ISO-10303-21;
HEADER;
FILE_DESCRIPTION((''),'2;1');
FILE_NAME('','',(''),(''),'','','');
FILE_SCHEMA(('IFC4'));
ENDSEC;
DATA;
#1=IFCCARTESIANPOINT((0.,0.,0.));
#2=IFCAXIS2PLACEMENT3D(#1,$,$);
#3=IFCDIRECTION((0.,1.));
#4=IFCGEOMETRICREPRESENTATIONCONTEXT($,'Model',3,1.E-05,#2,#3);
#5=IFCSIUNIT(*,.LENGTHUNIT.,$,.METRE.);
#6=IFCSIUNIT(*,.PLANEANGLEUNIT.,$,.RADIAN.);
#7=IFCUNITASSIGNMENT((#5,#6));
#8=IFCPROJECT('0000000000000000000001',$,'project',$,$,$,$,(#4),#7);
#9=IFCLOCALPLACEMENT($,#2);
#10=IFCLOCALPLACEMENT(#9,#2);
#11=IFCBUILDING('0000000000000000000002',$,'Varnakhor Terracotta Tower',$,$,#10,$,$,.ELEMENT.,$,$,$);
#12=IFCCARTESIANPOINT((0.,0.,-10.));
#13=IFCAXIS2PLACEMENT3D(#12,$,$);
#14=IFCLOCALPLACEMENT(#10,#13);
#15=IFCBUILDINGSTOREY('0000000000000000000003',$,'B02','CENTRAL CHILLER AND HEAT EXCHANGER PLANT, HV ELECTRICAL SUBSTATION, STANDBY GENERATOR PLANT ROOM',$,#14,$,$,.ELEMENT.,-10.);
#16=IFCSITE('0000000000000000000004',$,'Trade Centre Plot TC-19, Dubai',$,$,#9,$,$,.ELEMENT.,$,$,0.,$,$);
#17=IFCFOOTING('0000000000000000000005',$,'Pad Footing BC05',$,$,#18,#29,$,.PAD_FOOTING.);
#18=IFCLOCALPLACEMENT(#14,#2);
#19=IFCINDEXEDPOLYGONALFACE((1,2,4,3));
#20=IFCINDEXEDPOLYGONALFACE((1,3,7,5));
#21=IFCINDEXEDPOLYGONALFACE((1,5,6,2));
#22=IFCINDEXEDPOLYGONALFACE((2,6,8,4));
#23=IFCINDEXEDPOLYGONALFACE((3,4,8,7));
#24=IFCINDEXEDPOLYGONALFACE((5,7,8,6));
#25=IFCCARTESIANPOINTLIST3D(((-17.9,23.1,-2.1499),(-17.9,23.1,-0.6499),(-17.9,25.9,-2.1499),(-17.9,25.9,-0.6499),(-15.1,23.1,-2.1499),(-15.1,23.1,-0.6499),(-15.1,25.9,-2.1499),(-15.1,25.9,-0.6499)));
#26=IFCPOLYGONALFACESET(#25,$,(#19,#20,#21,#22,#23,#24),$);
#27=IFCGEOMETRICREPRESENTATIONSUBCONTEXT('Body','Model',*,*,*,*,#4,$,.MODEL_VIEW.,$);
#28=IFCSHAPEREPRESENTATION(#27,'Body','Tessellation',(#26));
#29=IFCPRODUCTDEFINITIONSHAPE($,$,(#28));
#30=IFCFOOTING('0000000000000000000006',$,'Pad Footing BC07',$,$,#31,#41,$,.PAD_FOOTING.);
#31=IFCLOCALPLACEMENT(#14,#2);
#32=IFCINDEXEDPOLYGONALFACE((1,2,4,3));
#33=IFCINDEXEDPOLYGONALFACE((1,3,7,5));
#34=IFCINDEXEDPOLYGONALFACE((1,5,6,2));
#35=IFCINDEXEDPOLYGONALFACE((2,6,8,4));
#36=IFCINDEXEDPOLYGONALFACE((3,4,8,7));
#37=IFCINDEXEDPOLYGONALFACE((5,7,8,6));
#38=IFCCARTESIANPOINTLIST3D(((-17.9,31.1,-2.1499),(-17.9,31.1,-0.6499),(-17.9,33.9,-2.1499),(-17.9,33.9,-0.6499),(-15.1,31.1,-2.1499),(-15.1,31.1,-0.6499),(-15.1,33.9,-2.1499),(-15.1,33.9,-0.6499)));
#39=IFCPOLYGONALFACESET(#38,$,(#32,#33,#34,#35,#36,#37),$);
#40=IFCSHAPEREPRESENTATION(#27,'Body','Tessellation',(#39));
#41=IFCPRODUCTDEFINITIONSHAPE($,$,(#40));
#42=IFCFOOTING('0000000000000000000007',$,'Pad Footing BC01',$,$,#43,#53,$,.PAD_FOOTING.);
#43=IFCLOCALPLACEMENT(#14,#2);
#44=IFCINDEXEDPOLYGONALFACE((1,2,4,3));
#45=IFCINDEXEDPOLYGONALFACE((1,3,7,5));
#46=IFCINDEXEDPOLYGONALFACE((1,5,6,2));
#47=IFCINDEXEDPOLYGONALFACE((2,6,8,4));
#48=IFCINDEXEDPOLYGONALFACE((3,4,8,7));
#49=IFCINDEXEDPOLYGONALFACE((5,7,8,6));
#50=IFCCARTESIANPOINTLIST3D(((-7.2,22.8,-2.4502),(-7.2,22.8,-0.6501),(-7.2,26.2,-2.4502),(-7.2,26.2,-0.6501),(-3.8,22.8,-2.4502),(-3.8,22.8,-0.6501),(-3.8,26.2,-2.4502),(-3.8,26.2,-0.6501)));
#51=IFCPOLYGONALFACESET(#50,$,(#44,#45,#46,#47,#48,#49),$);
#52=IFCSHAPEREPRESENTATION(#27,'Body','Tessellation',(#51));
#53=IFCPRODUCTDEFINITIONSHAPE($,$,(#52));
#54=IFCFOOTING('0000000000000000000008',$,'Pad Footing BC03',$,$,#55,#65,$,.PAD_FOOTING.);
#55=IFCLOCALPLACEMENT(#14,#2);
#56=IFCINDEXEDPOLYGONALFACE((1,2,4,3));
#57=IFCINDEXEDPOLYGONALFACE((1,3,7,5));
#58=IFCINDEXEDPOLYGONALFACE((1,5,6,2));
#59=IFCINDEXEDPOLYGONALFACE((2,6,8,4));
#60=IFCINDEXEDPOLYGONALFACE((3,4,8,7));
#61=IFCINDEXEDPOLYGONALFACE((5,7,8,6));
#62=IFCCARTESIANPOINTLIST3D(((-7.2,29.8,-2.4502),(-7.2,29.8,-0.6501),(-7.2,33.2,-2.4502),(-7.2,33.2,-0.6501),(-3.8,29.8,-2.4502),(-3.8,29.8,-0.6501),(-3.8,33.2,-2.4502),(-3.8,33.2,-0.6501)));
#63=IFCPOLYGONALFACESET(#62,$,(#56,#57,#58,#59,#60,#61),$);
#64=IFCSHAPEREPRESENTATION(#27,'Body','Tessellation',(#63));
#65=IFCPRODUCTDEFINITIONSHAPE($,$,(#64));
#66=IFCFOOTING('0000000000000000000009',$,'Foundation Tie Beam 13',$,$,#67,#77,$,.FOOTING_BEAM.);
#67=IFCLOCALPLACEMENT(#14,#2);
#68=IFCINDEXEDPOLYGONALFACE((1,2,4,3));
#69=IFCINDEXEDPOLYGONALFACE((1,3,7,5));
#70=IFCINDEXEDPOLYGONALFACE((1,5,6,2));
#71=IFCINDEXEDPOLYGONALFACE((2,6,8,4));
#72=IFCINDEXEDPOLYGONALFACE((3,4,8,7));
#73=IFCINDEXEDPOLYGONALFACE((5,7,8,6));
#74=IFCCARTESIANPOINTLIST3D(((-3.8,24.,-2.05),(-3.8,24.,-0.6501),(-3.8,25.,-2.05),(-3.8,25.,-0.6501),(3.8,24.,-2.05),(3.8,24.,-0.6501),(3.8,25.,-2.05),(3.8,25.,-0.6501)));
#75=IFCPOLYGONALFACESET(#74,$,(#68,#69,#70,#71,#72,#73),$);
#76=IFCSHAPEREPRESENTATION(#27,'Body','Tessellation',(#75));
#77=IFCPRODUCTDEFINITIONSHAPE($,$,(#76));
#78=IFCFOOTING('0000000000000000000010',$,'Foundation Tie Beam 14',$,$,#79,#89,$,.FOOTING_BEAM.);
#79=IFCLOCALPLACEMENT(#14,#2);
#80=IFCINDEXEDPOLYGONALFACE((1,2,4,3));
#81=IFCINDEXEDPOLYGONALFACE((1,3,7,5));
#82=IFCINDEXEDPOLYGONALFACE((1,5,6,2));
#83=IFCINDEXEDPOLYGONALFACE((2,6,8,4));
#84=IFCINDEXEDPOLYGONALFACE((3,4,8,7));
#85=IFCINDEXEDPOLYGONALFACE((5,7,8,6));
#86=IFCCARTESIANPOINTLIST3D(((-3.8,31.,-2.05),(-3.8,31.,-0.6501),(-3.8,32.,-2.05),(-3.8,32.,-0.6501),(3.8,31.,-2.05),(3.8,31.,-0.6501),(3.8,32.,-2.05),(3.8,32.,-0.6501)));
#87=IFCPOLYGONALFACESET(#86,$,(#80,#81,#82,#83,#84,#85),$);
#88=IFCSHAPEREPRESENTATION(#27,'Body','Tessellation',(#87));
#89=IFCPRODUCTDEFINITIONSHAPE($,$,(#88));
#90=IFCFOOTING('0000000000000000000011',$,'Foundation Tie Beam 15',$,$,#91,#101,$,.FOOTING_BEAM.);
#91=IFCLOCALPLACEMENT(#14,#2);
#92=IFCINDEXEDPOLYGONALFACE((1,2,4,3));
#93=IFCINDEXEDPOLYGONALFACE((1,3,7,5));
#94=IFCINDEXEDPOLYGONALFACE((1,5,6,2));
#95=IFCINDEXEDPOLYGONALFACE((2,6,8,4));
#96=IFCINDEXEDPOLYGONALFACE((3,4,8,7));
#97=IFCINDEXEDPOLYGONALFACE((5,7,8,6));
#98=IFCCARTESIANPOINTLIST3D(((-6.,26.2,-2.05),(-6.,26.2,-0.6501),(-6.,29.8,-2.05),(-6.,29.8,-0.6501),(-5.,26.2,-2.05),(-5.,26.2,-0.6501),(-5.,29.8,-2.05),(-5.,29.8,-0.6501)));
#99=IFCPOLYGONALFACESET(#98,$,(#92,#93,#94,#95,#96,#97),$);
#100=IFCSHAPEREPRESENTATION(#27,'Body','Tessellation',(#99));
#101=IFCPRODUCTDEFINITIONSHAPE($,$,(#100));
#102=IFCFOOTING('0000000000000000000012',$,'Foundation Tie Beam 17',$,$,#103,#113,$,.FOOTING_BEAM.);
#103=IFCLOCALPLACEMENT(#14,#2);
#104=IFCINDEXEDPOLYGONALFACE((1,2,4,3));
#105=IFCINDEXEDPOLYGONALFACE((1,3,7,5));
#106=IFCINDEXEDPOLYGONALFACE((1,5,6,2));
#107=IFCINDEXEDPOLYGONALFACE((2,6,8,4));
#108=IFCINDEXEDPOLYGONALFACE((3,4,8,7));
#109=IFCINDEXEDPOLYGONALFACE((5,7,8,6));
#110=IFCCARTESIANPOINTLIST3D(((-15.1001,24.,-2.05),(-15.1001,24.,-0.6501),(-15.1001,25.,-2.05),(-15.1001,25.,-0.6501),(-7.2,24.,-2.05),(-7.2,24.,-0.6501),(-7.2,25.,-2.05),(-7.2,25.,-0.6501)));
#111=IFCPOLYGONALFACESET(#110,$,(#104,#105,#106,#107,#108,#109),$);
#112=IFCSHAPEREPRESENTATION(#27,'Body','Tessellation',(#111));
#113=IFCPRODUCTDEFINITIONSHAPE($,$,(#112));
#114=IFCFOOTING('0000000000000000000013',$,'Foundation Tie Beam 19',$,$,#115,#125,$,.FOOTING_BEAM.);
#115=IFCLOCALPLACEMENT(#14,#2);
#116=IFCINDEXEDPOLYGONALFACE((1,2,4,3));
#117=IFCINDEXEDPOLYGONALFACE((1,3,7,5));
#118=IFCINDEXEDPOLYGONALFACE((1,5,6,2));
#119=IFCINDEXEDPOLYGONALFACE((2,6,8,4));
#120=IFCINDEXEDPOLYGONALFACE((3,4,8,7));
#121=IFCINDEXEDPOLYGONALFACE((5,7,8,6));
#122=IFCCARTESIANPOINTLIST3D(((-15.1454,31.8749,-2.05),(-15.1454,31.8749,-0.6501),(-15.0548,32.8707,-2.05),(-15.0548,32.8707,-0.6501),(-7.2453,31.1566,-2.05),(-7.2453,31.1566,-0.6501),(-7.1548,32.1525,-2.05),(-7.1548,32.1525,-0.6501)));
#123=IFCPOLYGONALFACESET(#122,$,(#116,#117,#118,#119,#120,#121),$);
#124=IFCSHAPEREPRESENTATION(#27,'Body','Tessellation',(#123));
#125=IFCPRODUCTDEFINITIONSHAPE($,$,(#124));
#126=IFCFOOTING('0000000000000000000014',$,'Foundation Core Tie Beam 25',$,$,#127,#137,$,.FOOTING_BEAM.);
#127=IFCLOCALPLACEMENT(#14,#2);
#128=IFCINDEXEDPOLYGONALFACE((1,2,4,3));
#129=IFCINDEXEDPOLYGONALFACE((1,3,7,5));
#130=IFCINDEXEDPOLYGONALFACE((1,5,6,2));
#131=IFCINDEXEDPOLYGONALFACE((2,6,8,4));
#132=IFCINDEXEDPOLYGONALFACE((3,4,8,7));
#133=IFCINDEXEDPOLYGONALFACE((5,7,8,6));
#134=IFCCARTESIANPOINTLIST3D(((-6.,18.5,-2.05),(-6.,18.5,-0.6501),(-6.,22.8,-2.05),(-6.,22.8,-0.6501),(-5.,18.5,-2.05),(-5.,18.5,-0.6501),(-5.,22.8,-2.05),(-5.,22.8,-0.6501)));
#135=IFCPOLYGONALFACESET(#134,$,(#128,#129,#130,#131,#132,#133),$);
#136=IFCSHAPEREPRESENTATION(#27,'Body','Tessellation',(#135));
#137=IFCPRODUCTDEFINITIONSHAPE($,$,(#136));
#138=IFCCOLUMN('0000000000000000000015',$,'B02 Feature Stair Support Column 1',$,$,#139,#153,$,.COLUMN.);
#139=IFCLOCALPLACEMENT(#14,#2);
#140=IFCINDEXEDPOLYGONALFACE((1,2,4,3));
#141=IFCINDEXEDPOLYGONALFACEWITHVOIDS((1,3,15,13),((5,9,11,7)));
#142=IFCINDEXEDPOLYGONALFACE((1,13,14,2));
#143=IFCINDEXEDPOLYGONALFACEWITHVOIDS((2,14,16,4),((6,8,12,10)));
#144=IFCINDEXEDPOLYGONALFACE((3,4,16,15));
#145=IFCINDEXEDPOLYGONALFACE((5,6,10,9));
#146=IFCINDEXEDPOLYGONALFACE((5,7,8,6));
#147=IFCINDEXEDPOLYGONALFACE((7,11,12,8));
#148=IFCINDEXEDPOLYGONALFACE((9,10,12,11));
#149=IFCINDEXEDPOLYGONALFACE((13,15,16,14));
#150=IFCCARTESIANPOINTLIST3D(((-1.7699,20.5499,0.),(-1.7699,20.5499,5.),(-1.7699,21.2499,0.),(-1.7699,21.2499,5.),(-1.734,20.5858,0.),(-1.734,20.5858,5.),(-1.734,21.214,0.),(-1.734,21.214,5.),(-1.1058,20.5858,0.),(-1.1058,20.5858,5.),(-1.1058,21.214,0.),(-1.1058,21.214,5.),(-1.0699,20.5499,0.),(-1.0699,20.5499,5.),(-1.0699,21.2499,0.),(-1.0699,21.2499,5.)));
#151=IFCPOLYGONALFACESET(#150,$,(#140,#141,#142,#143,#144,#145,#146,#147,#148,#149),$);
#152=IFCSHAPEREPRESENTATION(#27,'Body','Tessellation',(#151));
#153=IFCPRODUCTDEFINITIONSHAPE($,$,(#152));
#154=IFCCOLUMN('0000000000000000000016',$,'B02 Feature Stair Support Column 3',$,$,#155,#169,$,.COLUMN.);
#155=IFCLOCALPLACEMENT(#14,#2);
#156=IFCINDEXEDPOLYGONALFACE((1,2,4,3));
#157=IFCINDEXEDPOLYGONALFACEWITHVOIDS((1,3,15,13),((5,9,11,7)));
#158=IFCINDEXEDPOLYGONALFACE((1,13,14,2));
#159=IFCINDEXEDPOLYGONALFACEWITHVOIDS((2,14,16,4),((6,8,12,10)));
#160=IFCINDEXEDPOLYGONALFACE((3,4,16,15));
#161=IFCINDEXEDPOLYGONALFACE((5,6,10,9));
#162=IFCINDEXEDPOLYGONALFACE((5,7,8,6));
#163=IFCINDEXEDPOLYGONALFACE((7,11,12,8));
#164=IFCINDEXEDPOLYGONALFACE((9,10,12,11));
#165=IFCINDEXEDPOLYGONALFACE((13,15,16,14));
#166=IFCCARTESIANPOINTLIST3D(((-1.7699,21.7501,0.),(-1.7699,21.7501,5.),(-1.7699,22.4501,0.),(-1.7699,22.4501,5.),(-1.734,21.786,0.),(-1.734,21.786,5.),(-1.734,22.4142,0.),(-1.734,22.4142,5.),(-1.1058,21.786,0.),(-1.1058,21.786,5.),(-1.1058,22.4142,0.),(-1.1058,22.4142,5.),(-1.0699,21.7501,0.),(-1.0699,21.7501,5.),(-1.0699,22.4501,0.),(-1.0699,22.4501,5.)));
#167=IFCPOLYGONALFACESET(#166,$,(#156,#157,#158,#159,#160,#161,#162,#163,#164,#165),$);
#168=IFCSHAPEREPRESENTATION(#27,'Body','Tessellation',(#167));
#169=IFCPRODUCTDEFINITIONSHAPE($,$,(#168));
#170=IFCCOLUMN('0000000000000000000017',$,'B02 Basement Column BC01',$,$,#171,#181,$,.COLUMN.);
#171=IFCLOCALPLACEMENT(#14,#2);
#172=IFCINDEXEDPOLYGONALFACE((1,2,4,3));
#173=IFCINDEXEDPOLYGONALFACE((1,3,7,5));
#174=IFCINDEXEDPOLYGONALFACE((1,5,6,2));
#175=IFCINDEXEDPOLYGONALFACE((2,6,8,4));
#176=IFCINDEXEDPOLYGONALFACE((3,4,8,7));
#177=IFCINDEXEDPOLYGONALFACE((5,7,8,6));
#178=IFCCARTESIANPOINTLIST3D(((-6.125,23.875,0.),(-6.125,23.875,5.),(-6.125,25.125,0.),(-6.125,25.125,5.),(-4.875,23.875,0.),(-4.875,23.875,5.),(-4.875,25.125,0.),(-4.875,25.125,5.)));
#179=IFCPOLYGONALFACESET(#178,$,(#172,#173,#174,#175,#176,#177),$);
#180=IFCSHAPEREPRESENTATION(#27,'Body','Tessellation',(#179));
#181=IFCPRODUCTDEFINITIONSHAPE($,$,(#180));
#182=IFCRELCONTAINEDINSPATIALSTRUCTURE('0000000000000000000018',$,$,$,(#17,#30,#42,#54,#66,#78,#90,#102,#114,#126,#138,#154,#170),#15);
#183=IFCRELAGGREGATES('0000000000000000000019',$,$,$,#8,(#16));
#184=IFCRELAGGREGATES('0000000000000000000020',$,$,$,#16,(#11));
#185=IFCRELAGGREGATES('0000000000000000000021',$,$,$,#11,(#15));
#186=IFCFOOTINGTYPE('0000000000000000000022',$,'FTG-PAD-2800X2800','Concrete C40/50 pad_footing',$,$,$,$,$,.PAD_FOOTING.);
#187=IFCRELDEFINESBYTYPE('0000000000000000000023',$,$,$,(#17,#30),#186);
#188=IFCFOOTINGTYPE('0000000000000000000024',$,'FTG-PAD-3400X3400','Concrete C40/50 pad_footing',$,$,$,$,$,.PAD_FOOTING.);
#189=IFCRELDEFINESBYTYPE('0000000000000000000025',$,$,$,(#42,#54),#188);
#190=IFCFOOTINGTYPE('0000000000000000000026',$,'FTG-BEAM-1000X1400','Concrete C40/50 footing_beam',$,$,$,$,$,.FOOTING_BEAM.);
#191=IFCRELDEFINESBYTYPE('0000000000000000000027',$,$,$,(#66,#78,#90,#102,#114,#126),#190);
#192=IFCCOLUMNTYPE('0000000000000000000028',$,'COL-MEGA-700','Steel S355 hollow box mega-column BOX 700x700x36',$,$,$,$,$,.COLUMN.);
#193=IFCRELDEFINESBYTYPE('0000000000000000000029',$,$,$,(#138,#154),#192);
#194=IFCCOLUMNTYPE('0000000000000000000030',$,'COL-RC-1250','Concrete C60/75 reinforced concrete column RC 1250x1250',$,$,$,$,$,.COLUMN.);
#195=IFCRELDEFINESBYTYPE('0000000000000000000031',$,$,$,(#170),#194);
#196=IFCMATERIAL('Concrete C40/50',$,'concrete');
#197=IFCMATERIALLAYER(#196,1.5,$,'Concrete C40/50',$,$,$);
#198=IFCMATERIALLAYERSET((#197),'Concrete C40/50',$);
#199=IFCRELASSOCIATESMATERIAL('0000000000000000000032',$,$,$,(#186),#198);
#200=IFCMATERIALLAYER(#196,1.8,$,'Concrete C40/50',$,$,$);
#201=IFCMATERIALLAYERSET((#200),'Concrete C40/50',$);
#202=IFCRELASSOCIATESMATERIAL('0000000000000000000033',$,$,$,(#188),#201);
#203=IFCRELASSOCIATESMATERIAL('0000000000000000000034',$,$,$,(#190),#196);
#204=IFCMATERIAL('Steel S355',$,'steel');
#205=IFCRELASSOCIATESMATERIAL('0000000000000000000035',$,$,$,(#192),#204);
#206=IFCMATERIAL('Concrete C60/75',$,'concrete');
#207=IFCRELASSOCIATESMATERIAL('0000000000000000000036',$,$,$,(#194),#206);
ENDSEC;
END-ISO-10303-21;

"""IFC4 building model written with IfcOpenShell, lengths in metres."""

from ifc_helpers import new_model, si_unit, direction, frame, origin, origin_2d, place, context, subcontext, project, spatial, rectangle, hollow_rectangle, extrude, source, transform, mapped, material, layer, layer_set, material_profile, profile_set, type_object, type_shapes, element, save


model = new_model("IFC4")

# Units and contexts
model_context = context("Model", 3, precision=1e-05, world=origin(), true_north=direction((0.0, 1.0)))
body_context = subcontext(model_context, "Body", "Model", "MODEL_VIEW")
ifc_project = project(units=[si_unit("LENGTHUNIT", "METRE"), si_unit("PLANEANGLEUNIT", "RADIAN")], contexts=[model_context])

# Site, building, storey
site_placement = place(None, origin())
site = spatial("IfcSite", under=ifc_project, at=site_placement, Name="Trade Centre Plot TC-19, Dubai", CompositionType="ELEMENT", RefElevation=0.0)
building_placement = place(site_placement, origin())
building = spatial("IfcBuilding", under=site, at=building_placement, Name="Varnakhor Terracotta Tower", CompositionType="ELEMENT")
storey_placement = place(building_placement, frame((0.0, 0.0, -10.0)))
storey = spatial("IfcBuildingStorey", under=building, at=storey_placement, Name="B02", Description="CENTRAL CHILLER AND HEAT EXCHANGER PLANT, HV ELECTRICAL SUBSTATION, STANDBY GENERATOR PLANT ROOM", CompositionType="ELEMENT", Elevation=-10.0)

# Footings
ifc_material_1 = material(Name="Concrete C40/50", Category="concrete")
ifc_layer_1 = layer(ifc_material_1, 1.5, Name="Concrete C40/50")
ifc_layer_set_1 = layer_set([ifc_layer_1], Name="Concrete C40/50")
footing_type_1 = type_object("IfcFootingType", Name="FTG-PAD-2800X2800", Description="Concrete C40/50 pad_footing", PredefinedType="PAD_FOOTING", material=ifc_layer_set_1)
shared_shape_1 = source(origin(), body_context, "Body", "SweptSolid", [
    extrude(rectangle(XDim=2.8, YDim=2.8, at=origin_2d()), origin(), (0.0, 0.0, 1.0), 1.5),
])
for number, where, z_axis, x_axis, name in (
    (1, (-16.5, 24.5, -2.1499), (0.0, 0.0, 1.0), (1.0, 0.0, 0.0), "Pad Footing BC05"),
    (2, (-16.5, 32.5, -2.1499), (0.0, 0.0, 1.0), (1.0, 0.0, 0.0), "Pad Footing BC07"),
):
    element("IfcFooting", number, at=place(storey_placement, frame(where, z_axis=z_axis, x_axis=x_axis)), inside=storey, type_object=footing_type_1, Name=name, PredefinedType="PAD_FOOTING", context=body_context, shape_type="MappedRepresentation", body=[
        mapped(shared_shape_1, transform((0.0, 0.0, 0.0), scale=1.0)),
    ])
ifc_layer_2 = layer(ifc_material_1, 1.8, Name="Concrete C40/50")
ifc_layer_set_2 = layer_set([ifc_layer_2], Name="Concrete C40/50")
footing_type_2 = type_object("IfcFootingType", Name="FTG-PAD-3400X3400", Description="Concrete C40/50 pad_footing", PredefinedType="PAD_FOOTING", material=ifc_layer_set_2)
shared_shape_2 = source(origin(), body_context, "Body", "SweptSolid", [
    extrude(rectangle(XDim=3.3999, YDim=3.3999, at=origin_2d()), origin(), (0.0, 0.0, 1.0), 1.8),
])
for number, where, z_axis, x_axis, name in (
    (3, (-5.5, 24.5, -2.4502), (0.0, 0.0, 1.0), (1.0, 0.0, 0.0), "Pad Footing BC01"),
    (4, (-5.5, 31.5, -2.4502), (0.0, 0.0, 1.0), (1.0, 0.0, 0.0), "Pad Footing BC03"),
):
    element("IfcFooting", number, at=place(storey_placement, frame(where, z_axis=z_axis, x_axis=x_axis)), inside=storey, type_object=footing_type_2, Name=name, PredefinedType="PAD_FOOTING", context=body_context, shape_type="MappedRepresentation", body=[
        mapped(shared_shape_2, transform((0.0, 0.0, 0.0), scale=1.0)),
    ])
ifc_material_profile_1 = material_profile(ifc_material_1, rectangle(XDim=1.0, YDim=1.3999, at=origin_2d()), Name="TIE BEAM 1000x1400")
ifc_profile_set_1 = profile_set([ifc_material_profile_1], Name="Concrete C40/50")
footing_type_3 = type_object("IfcFootingType", Name="FTG-BEAM-1000X1400", Description="Concrete C40/50 footing_beam", PredefinedType="FOOTING_BEAM", material=ifc_profile_set_1)
shared_shape_3 = source(origin(), body_context, "Body", "SweptSolid", [
    extrude(rectangle(XDim=1.0, YDim=1.3999, at=origin_2d()), origin(), (0.0, 0.0, 1.0), 7.6001),
])
for number, where, z_axis, x_axis, name in (
    (5, (-3.8, 24.5, -1.3501), (1.0, 0.0, 0.0), (0.0, 1.0, 0.0), "Foundation Tie Beam 13"),
    (6, (-3.8, 31.5, -1.3501), (1.0, 0.0, 0.0), (0.0, 1.0, 0.0), "Foundation Tie Beam 14"),
):
    element("IfcFooting", number, at=place(storey_placement, frame(where, z_axis=z_axis, x_axis=x_axis)), inside=storey, type_object=footing_type_3, Name=name, PredefinedType="FOOTING_BEAM", context=body_context, shape_type="MappedRepresentation", body=[
        mapped(shared_shape_3, transform((0.0, 0.0, 0.0), scale=1.0)),
    ])
shared_shape_4 = source(origin(), body_context, "Body", "SweptSolid", [
    extrude(rectangle(XDim=1.0, YDim=1.3999, at=origin_2d()), origin(), (0.0, 0.0, 1.0), 3.6001),
])
footing_1_placement = place(storey_placement, frame((-5.5, 26.2, -1.3501), z_axis=(0.0, 1.0, 0.0), x_axis=(-1.0, 0.0, 0.0)))
element("IfcFooting", 7, at=footing_1_placement, inside=storey, type_object=footing_type_3, Name="Foundation Tie Beam 15", PredefinedType="FOOTING_BEAM", context=body_context, shape_type="MappedRepresentation", body=[
    mapped(shared_shape_4, transform((0.0, 0.0, 0.0), scale=1.0)),
])
shared_shape_5 = source(origin(), body_context, "Body", "SweptSolid", [
    extrude(rectangle(XDim=1.0, YDim=1.3999, at=origin_2d()), origin(), (0.0, 0.0, 1.0), 7.9001),
])
footing_2_placement = place(storey_placement, frame((-15.1001, 24.5, -1.3501), z_axis=(1.0, 0.0, 0.0), x_axis=(0.0, 1.0, 0.0)))
element("IfcFooting", 8, at=footing_2_placement, inside=storey, type_object=footing_type_3, Name="Foundation Tie Beam 17", PredefinedType="FOOTING_BEAM", context=body_context, shape_type="MappedRepresentation", body=[
    mapped(shared_shape_5, transform((0.0, 0.0, 0.0), scale=1.0)),
])
shared_shape_6 = source(origin(), body_context, "Body", "SweptSolid", [
    extrude(rectangle(XDim=1.0, YDim=1.3999, at=origin_2d()), origin(), (0.0, 0.0, 1.0), 7.9326),
])
footing_3_placement = place(storey_placement, frame((-15.1001, 32.3728, -1.3501), z_axis=(0.995892, -0.090544, 0.0), x_axis=(0.090544, 0.995892, 0.0)))
element("IfcFooting", 9, at=footing_3_placement, inside=storey, type_object=footing_type_3, Name="Foundation Tie Beam 19", PredefinedType="FOOTING_BEAM", context=body_context, shape_type="MappedRepresentation", body=[
    mapped(shared_shape_6, transform((0.0, 0.0, 0.0), scale=1.0)),
])
shared_shape_7 = source(origin(), body_context, "Body", "SweptSolid", [
    extrude(rectangle(XDim=1.0, YDim=1.3999, at=origin_2d()), origin(), (0.0, 0.0, 1.0), 4.3),
])
footing_4_placement = place(storey_placement, frame((-5.5, 18.5, -1.3501), z_axis=(0.0, 1.0, 0.0), x_axis=(-1.0, 0.0, 0.0)))
element("IfcFooting", 10, at=footing_4_placement, inside=storey, type_object=footing_type_3, Name="Foundation Core Tie Beam 25", PredefinedType="FOOTING_BEAM", context=body_context, shape_type="MappedRepresentation", body=[
    mapped(shared_shape_7, transform((0.0, 0.0, 0.0), scale=1.0)),
])

# Columns
ifc_material_2 = material(Name="Steel S355", Category="steel")
ifc_material_profile_2 = material_profile(ifc_material_2, hollow_rectangle(XDim=0.7, YDim=0.7, WallThickness=0.0359, at=origin_2d()), Name="BOX 700x700x36")
ifc_profile_set_2 = profile_set([ifc_material_profile_2], Name="Steel S355")
column_type_1 = type_object("IfcColumnType", Name="COL-MEGA-700", Description="Steel S355 hollow box mega-column BOX 700x700x36", PredefinedType="COLUMN", material=ifc_profile_set_2)
shared_shape_8 = source(origin(), body_context, "Body", "SweptSolid", [
    extrude(hollow_rectangle(XDim=0.7, YDim=0.7, WallThickness=0.0359, at=origin_2d()), origin(), (0.0, 0.0, 1.0), 5.0),
])
type_shapes(column_type_1, [shared_shape_8])
for number, where, z_axis, x_axis, name in (
    (11, (-1.4199, 20.8999, 0.0), (0.0, 0.0, 1.0), (1.0, 0.0, 0.0), "B02 Feature Stair Support Column 1"),
    (12, (-1.4199, 22.1001, 0.0), (0.0, 0.0, 1.0), (1.0, 0.0, 0.0), "B02 Feature Stair Support Column 3"),
):
    element("IfcColumn", number, at=place(storey_placement, frame(where, z_axis=z_axis, x_axis=x_axis)), inside=storey, type_object=column_type_1, Name=name, PredefinedType="COLUMN", context=body_context, shape_type="MappedRepresentation", body=[
        mapped(shared_shape_8, transform((0.0, 0.0, 0.0), scale=1.0)),
    ])
ifc_material_3 = material(Name="Concrete C60/75", Category="concrete")
ifc_material_profile_3 = material_profile(ifc_material_3, rectangle(XDim=1.25, YDim=1.25, at=origin_2d()), Name="RC 1250x1250")
ifc_profile_set_3 = profile_set([ifc_material_profile_3], Name="Concrete C60/75")
column_type_2 = type_object("IfcColumnType", Name="COL-RC-1250", Description="Concrete C60/75 reinforced concrete column RC 1250x1250", PredefinedType="COLUMN", material=ifc_profile_set_3)
shared_shape_9 = source(origin(), body_context, "Body", "SweptSolid", [
    extrude(rectangle(XDim=1.25, YDim=1.25, at=origin_2d()), origin(), (0.0, 0.0, 1.0), 5.0),
])
type_shapes(column_type_2, [shared_shape_9])
for number, where, z_axis, x_axis, name in (
    (13, (-5.5, 24.5, 0.0), (0.0, 0.0, 1.0), (1.0, 0.0, 0.0), "B02 Basement Column BC01"),
):
    element("IfcColumn", number, at=place(storey_placement, frame(where, z_axis=z_axis, x_axis=x_axis)), inside=storey, type_object=column_type_2, Name=name, PredefinedType="COLUMN", context=body_context, shape_type="MappedRepresentation", body=[
        mapped(shared_shape_9, transform((0.0, 0.0, 0.0), scale=1.0)),
    ])

save(model, "model.ifc")
